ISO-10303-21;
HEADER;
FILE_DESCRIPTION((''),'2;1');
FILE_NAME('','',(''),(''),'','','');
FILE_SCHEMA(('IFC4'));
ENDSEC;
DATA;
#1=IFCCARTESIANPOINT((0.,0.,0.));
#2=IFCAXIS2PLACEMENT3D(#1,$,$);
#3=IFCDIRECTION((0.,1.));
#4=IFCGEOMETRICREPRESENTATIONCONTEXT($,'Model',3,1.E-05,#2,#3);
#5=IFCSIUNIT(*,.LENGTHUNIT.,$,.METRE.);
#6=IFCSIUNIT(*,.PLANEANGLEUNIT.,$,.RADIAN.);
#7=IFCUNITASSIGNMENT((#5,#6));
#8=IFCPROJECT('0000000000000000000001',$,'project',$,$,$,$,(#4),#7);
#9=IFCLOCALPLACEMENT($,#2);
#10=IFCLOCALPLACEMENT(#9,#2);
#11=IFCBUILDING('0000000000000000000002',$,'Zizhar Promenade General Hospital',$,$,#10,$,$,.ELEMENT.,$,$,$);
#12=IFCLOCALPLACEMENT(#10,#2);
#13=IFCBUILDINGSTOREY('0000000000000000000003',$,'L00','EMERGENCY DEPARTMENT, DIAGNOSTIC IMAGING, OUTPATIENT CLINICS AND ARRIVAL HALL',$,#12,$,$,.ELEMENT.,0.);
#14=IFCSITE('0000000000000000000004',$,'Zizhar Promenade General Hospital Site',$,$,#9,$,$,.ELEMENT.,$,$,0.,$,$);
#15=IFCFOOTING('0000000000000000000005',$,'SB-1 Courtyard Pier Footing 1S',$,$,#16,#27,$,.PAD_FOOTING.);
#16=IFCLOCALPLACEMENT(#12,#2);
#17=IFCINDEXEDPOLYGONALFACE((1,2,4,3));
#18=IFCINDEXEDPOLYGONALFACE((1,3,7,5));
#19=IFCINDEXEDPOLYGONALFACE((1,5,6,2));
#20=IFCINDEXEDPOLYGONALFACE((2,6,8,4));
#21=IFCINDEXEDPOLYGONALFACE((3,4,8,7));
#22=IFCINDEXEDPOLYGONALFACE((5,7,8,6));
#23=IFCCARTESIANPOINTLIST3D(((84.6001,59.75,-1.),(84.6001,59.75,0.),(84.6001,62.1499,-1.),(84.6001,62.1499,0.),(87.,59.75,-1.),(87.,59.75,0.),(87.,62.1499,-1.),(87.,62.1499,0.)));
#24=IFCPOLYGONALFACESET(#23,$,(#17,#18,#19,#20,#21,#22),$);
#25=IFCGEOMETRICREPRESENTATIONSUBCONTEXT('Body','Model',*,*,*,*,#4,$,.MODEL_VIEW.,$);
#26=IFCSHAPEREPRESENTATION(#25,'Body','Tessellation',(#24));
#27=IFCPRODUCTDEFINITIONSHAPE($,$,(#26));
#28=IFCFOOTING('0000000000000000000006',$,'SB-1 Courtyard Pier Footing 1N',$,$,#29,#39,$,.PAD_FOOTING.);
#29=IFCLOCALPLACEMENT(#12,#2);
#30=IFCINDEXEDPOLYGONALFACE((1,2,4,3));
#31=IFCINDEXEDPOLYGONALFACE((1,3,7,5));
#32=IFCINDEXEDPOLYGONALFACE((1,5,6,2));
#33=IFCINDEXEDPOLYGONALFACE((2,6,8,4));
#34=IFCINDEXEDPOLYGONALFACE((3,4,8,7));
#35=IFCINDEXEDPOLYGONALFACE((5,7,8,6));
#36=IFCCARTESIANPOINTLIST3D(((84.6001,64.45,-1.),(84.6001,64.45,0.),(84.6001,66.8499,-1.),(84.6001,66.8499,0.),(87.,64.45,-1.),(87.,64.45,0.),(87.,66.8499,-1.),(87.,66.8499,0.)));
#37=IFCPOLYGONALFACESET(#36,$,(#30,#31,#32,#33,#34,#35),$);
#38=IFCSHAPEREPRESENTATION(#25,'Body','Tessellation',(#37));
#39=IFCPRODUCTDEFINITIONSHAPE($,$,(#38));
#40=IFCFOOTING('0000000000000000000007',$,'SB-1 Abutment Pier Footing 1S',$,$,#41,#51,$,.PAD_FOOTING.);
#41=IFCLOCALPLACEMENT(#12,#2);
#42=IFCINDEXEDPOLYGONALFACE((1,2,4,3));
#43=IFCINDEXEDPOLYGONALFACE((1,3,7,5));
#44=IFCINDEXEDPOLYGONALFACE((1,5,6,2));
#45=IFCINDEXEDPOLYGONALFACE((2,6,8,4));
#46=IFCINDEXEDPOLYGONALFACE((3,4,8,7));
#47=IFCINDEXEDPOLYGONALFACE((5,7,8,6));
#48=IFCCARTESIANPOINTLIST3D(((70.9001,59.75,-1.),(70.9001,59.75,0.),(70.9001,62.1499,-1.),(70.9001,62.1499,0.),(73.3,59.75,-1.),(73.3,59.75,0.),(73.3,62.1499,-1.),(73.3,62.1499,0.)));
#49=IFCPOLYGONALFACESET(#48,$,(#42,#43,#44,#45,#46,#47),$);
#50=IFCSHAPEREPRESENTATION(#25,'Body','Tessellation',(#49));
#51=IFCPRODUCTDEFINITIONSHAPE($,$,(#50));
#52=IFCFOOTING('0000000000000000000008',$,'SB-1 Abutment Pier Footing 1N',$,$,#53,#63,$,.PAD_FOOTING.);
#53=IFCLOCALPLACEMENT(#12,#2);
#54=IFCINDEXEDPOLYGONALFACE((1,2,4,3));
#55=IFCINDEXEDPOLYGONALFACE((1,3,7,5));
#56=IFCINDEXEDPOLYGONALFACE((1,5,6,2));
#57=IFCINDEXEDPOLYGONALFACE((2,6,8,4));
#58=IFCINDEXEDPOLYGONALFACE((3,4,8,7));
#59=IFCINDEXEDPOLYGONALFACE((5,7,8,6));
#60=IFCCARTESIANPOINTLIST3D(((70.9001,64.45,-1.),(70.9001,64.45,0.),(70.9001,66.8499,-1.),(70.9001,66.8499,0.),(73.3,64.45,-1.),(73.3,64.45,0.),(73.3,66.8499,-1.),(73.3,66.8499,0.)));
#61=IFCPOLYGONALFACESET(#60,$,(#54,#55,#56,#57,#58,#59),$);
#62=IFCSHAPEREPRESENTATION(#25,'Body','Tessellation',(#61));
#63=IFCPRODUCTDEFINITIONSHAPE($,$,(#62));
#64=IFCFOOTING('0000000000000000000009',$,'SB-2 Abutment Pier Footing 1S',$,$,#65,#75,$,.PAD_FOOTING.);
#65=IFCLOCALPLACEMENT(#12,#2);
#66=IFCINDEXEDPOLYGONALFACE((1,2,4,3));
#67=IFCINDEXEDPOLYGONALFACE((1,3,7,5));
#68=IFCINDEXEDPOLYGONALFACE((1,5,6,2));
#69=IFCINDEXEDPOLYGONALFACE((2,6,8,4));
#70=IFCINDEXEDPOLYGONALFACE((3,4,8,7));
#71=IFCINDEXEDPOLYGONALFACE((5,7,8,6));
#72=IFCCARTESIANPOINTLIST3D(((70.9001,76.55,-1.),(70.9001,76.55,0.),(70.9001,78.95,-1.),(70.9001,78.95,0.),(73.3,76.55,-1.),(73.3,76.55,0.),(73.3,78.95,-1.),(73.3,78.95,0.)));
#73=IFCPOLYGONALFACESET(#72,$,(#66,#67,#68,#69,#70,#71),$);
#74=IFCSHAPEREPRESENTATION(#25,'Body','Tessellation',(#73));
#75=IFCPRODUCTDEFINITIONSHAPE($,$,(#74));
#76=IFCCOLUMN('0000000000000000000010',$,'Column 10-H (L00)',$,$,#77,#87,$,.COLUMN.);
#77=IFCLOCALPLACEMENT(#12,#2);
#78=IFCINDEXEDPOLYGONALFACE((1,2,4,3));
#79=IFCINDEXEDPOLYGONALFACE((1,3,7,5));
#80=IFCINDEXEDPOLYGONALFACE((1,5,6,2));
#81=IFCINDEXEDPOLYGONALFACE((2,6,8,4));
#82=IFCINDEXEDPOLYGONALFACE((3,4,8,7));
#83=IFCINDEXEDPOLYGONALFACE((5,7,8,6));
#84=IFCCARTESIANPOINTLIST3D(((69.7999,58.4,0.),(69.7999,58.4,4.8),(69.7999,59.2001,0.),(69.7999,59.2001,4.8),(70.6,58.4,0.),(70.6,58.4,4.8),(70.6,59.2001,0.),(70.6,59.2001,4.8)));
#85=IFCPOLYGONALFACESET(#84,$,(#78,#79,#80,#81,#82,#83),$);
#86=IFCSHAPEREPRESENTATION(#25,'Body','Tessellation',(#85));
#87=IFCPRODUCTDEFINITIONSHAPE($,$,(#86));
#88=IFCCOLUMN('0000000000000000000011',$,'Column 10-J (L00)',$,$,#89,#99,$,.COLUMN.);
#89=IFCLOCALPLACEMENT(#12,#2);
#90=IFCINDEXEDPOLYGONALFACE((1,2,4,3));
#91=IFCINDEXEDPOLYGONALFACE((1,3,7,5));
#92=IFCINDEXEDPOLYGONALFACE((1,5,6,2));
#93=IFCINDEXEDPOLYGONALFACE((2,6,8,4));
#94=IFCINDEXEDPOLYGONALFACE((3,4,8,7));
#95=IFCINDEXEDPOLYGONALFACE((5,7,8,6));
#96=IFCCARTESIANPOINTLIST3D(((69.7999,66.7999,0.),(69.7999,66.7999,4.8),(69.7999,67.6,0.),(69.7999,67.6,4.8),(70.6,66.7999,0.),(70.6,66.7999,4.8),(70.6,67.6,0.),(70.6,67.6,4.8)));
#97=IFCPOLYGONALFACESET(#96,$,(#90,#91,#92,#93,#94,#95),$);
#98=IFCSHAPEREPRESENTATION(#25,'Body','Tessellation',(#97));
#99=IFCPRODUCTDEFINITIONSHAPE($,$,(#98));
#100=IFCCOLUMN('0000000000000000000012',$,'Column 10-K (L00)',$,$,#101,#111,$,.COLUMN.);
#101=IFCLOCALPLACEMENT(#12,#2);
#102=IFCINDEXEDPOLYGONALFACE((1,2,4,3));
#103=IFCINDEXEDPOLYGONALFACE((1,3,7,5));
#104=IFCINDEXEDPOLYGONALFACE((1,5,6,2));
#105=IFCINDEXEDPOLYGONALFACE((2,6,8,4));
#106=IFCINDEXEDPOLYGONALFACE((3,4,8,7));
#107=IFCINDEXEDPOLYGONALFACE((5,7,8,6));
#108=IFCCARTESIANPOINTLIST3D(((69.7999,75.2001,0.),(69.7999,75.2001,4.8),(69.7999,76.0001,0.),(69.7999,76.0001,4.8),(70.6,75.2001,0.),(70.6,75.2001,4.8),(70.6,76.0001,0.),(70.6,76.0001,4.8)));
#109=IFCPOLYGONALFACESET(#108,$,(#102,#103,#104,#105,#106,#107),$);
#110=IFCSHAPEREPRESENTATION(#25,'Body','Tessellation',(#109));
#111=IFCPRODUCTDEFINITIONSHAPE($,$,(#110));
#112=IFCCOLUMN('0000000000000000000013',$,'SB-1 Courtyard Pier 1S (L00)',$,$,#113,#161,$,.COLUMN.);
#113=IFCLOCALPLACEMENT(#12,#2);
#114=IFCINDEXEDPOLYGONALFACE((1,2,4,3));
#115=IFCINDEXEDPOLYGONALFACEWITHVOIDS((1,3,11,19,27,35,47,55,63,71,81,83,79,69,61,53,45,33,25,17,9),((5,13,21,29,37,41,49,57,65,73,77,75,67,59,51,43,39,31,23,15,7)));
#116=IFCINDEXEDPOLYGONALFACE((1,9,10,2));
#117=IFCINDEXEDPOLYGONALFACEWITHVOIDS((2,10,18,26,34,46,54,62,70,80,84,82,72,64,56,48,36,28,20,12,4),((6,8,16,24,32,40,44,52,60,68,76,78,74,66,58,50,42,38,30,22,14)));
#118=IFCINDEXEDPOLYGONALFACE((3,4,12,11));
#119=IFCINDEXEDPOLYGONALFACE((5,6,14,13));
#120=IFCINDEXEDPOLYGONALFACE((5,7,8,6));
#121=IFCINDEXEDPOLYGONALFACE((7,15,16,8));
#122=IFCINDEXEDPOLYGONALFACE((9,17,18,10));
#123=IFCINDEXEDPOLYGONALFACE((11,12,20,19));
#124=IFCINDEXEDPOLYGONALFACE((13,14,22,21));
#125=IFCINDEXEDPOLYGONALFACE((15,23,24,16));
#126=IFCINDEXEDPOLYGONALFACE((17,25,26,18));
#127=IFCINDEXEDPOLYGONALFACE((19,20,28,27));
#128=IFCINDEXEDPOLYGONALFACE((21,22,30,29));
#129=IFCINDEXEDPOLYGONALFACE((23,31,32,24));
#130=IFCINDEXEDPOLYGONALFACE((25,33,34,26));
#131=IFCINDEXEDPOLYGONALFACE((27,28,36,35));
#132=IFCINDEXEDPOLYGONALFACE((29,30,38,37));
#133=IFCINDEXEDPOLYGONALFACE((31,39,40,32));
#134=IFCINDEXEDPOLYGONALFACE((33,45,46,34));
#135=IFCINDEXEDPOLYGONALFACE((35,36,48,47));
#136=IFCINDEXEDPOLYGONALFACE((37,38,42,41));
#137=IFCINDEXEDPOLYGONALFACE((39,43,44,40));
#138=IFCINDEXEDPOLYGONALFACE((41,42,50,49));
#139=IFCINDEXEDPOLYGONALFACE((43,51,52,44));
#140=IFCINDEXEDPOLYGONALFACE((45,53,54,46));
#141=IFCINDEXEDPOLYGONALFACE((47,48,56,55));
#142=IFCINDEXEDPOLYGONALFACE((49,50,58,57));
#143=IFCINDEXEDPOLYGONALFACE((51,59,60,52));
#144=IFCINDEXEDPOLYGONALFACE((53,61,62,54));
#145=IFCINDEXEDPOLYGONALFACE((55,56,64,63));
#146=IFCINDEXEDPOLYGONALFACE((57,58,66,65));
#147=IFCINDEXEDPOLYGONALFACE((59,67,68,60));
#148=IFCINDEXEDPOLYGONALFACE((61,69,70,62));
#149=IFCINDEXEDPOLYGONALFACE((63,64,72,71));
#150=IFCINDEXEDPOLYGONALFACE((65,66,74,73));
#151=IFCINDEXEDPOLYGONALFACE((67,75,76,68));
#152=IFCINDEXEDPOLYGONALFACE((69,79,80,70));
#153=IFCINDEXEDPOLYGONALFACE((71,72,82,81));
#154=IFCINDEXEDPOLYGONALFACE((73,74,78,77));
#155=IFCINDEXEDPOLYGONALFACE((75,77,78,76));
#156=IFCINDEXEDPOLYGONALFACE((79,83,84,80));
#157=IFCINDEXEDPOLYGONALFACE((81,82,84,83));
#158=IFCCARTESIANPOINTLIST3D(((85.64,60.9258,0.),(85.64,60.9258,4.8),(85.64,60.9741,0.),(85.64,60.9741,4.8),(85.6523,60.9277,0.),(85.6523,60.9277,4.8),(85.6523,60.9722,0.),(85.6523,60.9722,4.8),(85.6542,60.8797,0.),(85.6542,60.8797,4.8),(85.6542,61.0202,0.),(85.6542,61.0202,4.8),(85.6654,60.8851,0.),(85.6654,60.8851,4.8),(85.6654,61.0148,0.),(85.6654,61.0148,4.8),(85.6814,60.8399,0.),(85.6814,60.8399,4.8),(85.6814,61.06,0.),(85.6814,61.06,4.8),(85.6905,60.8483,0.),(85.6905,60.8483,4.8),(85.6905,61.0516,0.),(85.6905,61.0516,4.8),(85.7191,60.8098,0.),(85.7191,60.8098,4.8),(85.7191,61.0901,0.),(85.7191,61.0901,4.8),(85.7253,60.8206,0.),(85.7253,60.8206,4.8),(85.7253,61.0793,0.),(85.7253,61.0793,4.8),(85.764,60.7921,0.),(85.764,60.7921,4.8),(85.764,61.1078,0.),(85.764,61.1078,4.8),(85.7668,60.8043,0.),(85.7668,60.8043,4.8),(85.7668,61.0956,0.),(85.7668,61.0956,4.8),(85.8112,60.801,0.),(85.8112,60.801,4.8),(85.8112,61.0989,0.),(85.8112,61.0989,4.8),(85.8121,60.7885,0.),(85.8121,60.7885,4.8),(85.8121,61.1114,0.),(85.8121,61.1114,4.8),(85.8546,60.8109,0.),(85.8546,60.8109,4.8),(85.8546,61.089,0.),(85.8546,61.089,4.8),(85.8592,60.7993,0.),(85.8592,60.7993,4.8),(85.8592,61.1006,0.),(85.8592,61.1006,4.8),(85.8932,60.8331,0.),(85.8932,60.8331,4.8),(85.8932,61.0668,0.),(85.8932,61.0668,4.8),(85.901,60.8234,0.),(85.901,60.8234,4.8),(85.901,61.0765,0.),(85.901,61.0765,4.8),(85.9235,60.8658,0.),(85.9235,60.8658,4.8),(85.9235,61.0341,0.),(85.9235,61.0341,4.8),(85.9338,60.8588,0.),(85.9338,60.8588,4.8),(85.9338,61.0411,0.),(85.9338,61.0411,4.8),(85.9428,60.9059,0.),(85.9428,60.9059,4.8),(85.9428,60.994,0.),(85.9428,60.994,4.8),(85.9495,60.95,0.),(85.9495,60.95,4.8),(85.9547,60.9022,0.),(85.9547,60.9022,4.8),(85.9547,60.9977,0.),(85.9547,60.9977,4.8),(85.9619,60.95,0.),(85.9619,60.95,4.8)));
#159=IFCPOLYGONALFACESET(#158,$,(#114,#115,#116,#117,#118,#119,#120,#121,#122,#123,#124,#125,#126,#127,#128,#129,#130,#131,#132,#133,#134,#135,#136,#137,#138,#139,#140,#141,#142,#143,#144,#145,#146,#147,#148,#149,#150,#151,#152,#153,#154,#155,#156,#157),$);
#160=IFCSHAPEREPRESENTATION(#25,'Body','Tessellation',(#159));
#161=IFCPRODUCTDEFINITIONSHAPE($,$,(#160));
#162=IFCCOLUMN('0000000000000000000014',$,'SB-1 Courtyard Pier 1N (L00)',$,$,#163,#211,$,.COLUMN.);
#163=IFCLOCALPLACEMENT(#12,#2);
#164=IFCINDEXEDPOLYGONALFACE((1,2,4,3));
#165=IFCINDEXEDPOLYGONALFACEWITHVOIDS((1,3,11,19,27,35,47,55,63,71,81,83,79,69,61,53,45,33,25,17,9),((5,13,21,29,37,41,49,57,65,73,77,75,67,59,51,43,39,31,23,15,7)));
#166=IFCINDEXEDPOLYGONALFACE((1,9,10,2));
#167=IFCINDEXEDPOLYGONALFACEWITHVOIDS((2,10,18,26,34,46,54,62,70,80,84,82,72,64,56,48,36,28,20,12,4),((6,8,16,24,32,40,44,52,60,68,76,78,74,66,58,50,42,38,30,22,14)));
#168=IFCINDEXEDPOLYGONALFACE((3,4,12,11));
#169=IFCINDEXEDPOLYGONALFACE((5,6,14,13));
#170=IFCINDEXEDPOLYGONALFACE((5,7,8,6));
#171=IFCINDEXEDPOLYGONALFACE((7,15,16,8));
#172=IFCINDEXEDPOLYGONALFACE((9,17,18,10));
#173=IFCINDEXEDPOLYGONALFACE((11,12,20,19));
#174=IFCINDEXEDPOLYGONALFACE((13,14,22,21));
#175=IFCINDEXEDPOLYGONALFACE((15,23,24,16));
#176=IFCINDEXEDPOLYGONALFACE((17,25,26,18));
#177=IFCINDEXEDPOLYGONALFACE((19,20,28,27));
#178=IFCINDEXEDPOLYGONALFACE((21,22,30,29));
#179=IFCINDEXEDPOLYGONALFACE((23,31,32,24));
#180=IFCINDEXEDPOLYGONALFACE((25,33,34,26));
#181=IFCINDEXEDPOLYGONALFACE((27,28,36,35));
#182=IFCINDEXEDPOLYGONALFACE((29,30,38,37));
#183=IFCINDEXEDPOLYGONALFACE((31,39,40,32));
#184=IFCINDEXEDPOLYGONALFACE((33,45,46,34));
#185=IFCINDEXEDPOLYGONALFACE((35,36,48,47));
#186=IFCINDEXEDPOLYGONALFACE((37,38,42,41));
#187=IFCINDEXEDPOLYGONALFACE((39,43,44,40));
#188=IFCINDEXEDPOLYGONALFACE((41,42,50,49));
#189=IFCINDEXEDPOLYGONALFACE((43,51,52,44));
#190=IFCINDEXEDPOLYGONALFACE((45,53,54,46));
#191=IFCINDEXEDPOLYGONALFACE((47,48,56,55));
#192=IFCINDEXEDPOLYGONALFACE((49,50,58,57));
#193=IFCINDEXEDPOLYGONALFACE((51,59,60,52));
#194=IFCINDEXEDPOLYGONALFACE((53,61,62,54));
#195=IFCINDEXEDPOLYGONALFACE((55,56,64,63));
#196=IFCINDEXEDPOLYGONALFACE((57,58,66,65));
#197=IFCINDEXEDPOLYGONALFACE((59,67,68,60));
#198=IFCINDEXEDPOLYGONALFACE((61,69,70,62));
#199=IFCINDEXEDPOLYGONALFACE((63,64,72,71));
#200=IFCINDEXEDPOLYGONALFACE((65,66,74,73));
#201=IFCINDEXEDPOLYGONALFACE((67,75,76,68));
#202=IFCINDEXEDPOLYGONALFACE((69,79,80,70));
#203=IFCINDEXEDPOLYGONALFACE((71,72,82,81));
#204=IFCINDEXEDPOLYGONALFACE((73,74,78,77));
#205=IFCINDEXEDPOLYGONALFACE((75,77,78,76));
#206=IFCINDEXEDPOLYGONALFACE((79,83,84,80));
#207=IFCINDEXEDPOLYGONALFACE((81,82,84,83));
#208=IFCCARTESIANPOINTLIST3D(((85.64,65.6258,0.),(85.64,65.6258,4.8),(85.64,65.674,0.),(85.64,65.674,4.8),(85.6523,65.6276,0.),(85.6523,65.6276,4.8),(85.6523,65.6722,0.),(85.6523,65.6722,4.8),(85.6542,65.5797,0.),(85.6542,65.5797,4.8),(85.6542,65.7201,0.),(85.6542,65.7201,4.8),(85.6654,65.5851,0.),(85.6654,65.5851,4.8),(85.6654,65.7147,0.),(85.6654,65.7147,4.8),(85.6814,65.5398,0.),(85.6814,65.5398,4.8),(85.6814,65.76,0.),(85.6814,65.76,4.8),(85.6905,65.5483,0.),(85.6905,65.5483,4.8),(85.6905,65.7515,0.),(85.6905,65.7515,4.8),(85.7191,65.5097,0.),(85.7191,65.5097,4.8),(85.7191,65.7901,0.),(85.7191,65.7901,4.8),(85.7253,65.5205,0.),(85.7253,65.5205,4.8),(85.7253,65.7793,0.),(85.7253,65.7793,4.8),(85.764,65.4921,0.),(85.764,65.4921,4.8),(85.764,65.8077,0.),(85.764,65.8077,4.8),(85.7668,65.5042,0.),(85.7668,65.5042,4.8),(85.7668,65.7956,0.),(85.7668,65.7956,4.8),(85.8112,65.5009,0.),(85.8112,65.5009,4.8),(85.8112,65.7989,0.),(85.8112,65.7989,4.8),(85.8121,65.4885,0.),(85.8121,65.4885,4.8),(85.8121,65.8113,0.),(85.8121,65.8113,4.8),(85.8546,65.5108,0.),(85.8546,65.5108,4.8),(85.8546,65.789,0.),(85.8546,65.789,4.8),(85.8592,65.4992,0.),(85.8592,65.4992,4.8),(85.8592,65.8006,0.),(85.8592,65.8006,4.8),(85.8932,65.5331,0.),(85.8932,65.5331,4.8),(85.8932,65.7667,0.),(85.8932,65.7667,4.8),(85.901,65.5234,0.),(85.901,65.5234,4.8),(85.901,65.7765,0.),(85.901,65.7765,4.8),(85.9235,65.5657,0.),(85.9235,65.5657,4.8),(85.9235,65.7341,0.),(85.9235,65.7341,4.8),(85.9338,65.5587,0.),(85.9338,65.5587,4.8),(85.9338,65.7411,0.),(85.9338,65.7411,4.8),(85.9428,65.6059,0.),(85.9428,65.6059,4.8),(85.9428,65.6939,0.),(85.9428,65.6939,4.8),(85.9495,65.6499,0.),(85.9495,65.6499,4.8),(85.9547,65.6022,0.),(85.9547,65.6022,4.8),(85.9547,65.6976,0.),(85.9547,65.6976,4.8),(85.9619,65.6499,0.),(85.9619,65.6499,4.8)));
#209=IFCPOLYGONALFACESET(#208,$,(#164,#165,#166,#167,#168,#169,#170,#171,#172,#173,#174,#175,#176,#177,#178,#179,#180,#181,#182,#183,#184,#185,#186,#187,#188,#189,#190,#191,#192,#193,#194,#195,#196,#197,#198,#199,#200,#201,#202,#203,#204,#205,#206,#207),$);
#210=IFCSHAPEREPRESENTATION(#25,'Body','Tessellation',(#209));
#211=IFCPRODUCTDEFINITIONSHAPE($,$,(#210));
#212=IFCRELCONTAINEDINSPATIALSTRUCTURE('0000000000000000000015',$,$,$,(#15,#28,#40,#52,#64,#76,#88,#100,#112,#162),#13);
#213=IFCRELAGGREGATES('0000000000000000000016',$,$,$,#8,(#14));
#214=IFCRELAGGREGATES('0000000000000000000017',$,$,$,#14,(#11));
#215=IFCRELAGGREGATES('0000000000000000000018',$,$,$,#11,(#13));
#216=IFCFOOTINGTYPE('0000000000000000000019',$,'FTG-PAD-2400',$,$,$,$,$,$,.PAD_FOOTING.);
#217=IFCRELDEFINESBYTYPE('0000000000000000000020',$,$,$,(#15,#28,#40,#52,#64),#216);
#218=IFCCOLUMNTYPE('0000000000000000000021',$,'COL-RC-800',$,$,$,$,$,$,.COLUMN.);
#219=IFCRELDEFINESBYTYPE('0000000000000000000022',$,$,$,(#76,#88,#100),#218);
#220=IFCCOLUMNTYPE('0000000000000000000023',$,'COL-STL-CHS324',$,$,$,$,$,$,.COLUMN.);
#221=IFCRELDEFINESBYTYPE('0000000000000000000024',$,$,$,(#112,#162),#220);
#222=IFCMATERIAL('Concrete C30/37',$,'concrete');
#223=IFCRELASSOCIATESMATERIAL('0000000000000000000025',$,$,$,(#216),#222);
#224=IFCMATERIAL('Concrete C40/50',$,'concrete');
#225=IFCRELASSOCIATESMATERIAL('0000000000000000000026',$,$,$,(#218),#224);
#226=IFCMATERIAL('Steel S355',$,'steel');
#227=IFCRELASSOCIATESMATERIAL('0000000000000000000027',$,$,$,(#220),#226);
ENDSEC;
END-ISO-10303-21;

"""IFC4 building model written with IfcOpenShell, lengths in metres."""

from ifc_helpers import new_model, si_unit, direction, frame, origin, origin_2d, place, context, subcontext, project, spatial, rectangle, hollow_circle, extrude, material, material_profile, profile_set, type_object, element, save


model = new_model("IFC4")

# Units and contexts
model_context = context("Model", 3, precision=1e-05, world=origin(), true_north=direction((0.0, 1.0)))
body_context = subcontext(model_context, "Body", "Model", "MODEL_VIEW")
ifc_project = project(units=[si_unit("LENGTHUNIT", "METRE"), si_unit("PLANEANGLEUNIT", "RADIAN")], contexts=[model_context])

# Site, building, storey
site_placement = place(None, origin())
site = spatial("IfcSite", under=ifc_project, at=site_placement, Name="Zizhar Promenade General Hospital Site", CompositionType="ELEMENT", RefElevation=0.0)
building_placement = place(site_placement, origin())
building = spatial("IfcBuilding", under=site, at=building_placement, Name="Zizhar Promenade General Hospital", CompositionType="ELEMENT")
storey_placement = place(building_placement, origin())
storey = spatial("IfcBuildingStorey", under=building, at=storey_placement, Name="L00", Description="EMERGENCY DEPARTMENT, DIAGNOSTIC IMAGING, OUTPATIENT CLINICS AND ARRIVAL HALL", CompositionType="ELEMENT", Elevation=0.0)

# Footings
ifc_material_1 = material(Name="Concrete C30/37", Category="concrete")
footing_type = type_object("IfcFootingType", Name="FTG-PAD-2400", PredefinedType="PAD_FOOTING", material=ifc_material_1)
for number, where, z_axis, x_axis, name in (
    (1, (85.8, 60.95, -1.0), (0.0, 0.0, 1.0), (1.0, 0.0, 0.0), "SB-1 Courtyard Pier Footing 1S"),
    (2, (85.8, 65.6499, -1.0), (0.0, 0.0, 1.0), (1.0, 0.0, 0.0), "SB-1 Courtyard Pier Footing 1N"),
    (3, (72.1001, 60.95, -1.0), (0.0, 0.0, 1.0), (1.0, 0.0, 0.0), "SB-1 Abutment Pier Footing 1S"),
    (4, (72.1001, 65.6499, -1.0), (0.0, 0.0, 1.0), (1.0, 0.0, 0.0), "SB-1 Abutment Pier Footing 1N"),
    (5, (72.1001, 77.75, -1.0), (0.0, 0.0, 1.0), (1.0, 0.0, 0.0), "SB-2 Abutment Pier Footing 1S"),
):
    element("IfcFooting", number, at=place(storey_placement, frame(where, z_axis=z_axis, x_axis=x_axis)), inside=storey, type_object=footing_type, Name=name, PredefinedType="PAD_FOOTING", context=body_context, shape_type="SweptSolid", body=[
        extrude(rectangle(XDim=2.3999, YDim=2.3999, at=origin_2d()), origin(), (0.0, 0.0, 1.0), 1.0),
    ])

# Columns
ifc_material_2 = material(Name="Concrete C40/50", Category="concrete")
ifc_material_profile_1 = material_profile(ifc_material_2, rectangle(XDim=0.8, YDim=0.8, at=origin_2d()))
ifc_profile_set_1 = profile_set([ifc_material_profile_1], Name="Concrete C40/50")
column_type_1 = type_object("IfcColumnType", Name="COL-RC-800", PredefinedType="COLUMN", material=ifc_profile_set_1)
for number, where, z_axis, x_axis, name in (
    (6, (70.2, 58.8, 0.0), (0.0, 0.0, 1.0), (1.0, 0.0, 0.0), "Column 10-H (L00)"),
    (7, (70.2, 67.2, 0.0), (0.0, 0.0, 1.0), (1.0, 0.0, 0.0), "Column 10-J (L00)"),
    (8, (70.2, 75.6001, 0.0), (0.0, 0.0, 1.0), (1.0, 0.0, 0.0), "Column 10-K (L00)"),
):
    element("IfcColumn", number, at=place(storey_placement, frame(where, z_axis=z_axis, x_axis=x_axis)), inside=storey, type_object=column_type_1, Name=name, PredefinedType="COLUMN", context=body_context, shape_type="SweptSolid", body=[
        extrude(rectangle(XDim=0.8, YDim=0.8, at=origin_2d()), origin(), (0.0, 0.0, 1.0), 4.8),
    ])
ifc_material_3 = material(Name="Steel S355", Category="steel")
ifc_material_profile_2 = material_profile(ifc_material_3, hollow_circle(Radius=0.1619, WallThickness=0.0125, at=origin_2d()))
ifc_profile_set_2 = profile_set([ifc_material_profile_2], Name="Steel S355")
column_type_2 = type_object("IfcColumnType", Name="COL-STL-CHS324", PredefinedType="COLUMN", material=ifc_profile_set_2)
for number, where, z_axis, x_axis, name in (
    (9, (85.8, 60.95, 0.0), (0.0, 0.0, 1.0), (1.0, 0.0, 0.0), "SB-1 Courtyard Pier 1S (L00)"),
    (10, (85.8, 65.6499, 0.0), (0.0, 0.0, 1.0), (1.0, 0.0, 0.0), "SB-1 Courtyard Pier 1N (L00)"),
):
    element("IfcColumn", number, at=place(storey_placement, frame(where, z_axis=z_axis, x_axis=x_axis)), inside=storey, type_object=column_type_2, Name=name, PredefinedType="COLUMN", context=body_context, shape_type="SweptSolid", body=[
        extrude(hollow_circle(Radius=0.1619, WallThickness=0.0125, at=origin_2d()), origin(), (0.0, 0.0, 1.0), 4.8),
    ])

save(model, "model.ifc")
